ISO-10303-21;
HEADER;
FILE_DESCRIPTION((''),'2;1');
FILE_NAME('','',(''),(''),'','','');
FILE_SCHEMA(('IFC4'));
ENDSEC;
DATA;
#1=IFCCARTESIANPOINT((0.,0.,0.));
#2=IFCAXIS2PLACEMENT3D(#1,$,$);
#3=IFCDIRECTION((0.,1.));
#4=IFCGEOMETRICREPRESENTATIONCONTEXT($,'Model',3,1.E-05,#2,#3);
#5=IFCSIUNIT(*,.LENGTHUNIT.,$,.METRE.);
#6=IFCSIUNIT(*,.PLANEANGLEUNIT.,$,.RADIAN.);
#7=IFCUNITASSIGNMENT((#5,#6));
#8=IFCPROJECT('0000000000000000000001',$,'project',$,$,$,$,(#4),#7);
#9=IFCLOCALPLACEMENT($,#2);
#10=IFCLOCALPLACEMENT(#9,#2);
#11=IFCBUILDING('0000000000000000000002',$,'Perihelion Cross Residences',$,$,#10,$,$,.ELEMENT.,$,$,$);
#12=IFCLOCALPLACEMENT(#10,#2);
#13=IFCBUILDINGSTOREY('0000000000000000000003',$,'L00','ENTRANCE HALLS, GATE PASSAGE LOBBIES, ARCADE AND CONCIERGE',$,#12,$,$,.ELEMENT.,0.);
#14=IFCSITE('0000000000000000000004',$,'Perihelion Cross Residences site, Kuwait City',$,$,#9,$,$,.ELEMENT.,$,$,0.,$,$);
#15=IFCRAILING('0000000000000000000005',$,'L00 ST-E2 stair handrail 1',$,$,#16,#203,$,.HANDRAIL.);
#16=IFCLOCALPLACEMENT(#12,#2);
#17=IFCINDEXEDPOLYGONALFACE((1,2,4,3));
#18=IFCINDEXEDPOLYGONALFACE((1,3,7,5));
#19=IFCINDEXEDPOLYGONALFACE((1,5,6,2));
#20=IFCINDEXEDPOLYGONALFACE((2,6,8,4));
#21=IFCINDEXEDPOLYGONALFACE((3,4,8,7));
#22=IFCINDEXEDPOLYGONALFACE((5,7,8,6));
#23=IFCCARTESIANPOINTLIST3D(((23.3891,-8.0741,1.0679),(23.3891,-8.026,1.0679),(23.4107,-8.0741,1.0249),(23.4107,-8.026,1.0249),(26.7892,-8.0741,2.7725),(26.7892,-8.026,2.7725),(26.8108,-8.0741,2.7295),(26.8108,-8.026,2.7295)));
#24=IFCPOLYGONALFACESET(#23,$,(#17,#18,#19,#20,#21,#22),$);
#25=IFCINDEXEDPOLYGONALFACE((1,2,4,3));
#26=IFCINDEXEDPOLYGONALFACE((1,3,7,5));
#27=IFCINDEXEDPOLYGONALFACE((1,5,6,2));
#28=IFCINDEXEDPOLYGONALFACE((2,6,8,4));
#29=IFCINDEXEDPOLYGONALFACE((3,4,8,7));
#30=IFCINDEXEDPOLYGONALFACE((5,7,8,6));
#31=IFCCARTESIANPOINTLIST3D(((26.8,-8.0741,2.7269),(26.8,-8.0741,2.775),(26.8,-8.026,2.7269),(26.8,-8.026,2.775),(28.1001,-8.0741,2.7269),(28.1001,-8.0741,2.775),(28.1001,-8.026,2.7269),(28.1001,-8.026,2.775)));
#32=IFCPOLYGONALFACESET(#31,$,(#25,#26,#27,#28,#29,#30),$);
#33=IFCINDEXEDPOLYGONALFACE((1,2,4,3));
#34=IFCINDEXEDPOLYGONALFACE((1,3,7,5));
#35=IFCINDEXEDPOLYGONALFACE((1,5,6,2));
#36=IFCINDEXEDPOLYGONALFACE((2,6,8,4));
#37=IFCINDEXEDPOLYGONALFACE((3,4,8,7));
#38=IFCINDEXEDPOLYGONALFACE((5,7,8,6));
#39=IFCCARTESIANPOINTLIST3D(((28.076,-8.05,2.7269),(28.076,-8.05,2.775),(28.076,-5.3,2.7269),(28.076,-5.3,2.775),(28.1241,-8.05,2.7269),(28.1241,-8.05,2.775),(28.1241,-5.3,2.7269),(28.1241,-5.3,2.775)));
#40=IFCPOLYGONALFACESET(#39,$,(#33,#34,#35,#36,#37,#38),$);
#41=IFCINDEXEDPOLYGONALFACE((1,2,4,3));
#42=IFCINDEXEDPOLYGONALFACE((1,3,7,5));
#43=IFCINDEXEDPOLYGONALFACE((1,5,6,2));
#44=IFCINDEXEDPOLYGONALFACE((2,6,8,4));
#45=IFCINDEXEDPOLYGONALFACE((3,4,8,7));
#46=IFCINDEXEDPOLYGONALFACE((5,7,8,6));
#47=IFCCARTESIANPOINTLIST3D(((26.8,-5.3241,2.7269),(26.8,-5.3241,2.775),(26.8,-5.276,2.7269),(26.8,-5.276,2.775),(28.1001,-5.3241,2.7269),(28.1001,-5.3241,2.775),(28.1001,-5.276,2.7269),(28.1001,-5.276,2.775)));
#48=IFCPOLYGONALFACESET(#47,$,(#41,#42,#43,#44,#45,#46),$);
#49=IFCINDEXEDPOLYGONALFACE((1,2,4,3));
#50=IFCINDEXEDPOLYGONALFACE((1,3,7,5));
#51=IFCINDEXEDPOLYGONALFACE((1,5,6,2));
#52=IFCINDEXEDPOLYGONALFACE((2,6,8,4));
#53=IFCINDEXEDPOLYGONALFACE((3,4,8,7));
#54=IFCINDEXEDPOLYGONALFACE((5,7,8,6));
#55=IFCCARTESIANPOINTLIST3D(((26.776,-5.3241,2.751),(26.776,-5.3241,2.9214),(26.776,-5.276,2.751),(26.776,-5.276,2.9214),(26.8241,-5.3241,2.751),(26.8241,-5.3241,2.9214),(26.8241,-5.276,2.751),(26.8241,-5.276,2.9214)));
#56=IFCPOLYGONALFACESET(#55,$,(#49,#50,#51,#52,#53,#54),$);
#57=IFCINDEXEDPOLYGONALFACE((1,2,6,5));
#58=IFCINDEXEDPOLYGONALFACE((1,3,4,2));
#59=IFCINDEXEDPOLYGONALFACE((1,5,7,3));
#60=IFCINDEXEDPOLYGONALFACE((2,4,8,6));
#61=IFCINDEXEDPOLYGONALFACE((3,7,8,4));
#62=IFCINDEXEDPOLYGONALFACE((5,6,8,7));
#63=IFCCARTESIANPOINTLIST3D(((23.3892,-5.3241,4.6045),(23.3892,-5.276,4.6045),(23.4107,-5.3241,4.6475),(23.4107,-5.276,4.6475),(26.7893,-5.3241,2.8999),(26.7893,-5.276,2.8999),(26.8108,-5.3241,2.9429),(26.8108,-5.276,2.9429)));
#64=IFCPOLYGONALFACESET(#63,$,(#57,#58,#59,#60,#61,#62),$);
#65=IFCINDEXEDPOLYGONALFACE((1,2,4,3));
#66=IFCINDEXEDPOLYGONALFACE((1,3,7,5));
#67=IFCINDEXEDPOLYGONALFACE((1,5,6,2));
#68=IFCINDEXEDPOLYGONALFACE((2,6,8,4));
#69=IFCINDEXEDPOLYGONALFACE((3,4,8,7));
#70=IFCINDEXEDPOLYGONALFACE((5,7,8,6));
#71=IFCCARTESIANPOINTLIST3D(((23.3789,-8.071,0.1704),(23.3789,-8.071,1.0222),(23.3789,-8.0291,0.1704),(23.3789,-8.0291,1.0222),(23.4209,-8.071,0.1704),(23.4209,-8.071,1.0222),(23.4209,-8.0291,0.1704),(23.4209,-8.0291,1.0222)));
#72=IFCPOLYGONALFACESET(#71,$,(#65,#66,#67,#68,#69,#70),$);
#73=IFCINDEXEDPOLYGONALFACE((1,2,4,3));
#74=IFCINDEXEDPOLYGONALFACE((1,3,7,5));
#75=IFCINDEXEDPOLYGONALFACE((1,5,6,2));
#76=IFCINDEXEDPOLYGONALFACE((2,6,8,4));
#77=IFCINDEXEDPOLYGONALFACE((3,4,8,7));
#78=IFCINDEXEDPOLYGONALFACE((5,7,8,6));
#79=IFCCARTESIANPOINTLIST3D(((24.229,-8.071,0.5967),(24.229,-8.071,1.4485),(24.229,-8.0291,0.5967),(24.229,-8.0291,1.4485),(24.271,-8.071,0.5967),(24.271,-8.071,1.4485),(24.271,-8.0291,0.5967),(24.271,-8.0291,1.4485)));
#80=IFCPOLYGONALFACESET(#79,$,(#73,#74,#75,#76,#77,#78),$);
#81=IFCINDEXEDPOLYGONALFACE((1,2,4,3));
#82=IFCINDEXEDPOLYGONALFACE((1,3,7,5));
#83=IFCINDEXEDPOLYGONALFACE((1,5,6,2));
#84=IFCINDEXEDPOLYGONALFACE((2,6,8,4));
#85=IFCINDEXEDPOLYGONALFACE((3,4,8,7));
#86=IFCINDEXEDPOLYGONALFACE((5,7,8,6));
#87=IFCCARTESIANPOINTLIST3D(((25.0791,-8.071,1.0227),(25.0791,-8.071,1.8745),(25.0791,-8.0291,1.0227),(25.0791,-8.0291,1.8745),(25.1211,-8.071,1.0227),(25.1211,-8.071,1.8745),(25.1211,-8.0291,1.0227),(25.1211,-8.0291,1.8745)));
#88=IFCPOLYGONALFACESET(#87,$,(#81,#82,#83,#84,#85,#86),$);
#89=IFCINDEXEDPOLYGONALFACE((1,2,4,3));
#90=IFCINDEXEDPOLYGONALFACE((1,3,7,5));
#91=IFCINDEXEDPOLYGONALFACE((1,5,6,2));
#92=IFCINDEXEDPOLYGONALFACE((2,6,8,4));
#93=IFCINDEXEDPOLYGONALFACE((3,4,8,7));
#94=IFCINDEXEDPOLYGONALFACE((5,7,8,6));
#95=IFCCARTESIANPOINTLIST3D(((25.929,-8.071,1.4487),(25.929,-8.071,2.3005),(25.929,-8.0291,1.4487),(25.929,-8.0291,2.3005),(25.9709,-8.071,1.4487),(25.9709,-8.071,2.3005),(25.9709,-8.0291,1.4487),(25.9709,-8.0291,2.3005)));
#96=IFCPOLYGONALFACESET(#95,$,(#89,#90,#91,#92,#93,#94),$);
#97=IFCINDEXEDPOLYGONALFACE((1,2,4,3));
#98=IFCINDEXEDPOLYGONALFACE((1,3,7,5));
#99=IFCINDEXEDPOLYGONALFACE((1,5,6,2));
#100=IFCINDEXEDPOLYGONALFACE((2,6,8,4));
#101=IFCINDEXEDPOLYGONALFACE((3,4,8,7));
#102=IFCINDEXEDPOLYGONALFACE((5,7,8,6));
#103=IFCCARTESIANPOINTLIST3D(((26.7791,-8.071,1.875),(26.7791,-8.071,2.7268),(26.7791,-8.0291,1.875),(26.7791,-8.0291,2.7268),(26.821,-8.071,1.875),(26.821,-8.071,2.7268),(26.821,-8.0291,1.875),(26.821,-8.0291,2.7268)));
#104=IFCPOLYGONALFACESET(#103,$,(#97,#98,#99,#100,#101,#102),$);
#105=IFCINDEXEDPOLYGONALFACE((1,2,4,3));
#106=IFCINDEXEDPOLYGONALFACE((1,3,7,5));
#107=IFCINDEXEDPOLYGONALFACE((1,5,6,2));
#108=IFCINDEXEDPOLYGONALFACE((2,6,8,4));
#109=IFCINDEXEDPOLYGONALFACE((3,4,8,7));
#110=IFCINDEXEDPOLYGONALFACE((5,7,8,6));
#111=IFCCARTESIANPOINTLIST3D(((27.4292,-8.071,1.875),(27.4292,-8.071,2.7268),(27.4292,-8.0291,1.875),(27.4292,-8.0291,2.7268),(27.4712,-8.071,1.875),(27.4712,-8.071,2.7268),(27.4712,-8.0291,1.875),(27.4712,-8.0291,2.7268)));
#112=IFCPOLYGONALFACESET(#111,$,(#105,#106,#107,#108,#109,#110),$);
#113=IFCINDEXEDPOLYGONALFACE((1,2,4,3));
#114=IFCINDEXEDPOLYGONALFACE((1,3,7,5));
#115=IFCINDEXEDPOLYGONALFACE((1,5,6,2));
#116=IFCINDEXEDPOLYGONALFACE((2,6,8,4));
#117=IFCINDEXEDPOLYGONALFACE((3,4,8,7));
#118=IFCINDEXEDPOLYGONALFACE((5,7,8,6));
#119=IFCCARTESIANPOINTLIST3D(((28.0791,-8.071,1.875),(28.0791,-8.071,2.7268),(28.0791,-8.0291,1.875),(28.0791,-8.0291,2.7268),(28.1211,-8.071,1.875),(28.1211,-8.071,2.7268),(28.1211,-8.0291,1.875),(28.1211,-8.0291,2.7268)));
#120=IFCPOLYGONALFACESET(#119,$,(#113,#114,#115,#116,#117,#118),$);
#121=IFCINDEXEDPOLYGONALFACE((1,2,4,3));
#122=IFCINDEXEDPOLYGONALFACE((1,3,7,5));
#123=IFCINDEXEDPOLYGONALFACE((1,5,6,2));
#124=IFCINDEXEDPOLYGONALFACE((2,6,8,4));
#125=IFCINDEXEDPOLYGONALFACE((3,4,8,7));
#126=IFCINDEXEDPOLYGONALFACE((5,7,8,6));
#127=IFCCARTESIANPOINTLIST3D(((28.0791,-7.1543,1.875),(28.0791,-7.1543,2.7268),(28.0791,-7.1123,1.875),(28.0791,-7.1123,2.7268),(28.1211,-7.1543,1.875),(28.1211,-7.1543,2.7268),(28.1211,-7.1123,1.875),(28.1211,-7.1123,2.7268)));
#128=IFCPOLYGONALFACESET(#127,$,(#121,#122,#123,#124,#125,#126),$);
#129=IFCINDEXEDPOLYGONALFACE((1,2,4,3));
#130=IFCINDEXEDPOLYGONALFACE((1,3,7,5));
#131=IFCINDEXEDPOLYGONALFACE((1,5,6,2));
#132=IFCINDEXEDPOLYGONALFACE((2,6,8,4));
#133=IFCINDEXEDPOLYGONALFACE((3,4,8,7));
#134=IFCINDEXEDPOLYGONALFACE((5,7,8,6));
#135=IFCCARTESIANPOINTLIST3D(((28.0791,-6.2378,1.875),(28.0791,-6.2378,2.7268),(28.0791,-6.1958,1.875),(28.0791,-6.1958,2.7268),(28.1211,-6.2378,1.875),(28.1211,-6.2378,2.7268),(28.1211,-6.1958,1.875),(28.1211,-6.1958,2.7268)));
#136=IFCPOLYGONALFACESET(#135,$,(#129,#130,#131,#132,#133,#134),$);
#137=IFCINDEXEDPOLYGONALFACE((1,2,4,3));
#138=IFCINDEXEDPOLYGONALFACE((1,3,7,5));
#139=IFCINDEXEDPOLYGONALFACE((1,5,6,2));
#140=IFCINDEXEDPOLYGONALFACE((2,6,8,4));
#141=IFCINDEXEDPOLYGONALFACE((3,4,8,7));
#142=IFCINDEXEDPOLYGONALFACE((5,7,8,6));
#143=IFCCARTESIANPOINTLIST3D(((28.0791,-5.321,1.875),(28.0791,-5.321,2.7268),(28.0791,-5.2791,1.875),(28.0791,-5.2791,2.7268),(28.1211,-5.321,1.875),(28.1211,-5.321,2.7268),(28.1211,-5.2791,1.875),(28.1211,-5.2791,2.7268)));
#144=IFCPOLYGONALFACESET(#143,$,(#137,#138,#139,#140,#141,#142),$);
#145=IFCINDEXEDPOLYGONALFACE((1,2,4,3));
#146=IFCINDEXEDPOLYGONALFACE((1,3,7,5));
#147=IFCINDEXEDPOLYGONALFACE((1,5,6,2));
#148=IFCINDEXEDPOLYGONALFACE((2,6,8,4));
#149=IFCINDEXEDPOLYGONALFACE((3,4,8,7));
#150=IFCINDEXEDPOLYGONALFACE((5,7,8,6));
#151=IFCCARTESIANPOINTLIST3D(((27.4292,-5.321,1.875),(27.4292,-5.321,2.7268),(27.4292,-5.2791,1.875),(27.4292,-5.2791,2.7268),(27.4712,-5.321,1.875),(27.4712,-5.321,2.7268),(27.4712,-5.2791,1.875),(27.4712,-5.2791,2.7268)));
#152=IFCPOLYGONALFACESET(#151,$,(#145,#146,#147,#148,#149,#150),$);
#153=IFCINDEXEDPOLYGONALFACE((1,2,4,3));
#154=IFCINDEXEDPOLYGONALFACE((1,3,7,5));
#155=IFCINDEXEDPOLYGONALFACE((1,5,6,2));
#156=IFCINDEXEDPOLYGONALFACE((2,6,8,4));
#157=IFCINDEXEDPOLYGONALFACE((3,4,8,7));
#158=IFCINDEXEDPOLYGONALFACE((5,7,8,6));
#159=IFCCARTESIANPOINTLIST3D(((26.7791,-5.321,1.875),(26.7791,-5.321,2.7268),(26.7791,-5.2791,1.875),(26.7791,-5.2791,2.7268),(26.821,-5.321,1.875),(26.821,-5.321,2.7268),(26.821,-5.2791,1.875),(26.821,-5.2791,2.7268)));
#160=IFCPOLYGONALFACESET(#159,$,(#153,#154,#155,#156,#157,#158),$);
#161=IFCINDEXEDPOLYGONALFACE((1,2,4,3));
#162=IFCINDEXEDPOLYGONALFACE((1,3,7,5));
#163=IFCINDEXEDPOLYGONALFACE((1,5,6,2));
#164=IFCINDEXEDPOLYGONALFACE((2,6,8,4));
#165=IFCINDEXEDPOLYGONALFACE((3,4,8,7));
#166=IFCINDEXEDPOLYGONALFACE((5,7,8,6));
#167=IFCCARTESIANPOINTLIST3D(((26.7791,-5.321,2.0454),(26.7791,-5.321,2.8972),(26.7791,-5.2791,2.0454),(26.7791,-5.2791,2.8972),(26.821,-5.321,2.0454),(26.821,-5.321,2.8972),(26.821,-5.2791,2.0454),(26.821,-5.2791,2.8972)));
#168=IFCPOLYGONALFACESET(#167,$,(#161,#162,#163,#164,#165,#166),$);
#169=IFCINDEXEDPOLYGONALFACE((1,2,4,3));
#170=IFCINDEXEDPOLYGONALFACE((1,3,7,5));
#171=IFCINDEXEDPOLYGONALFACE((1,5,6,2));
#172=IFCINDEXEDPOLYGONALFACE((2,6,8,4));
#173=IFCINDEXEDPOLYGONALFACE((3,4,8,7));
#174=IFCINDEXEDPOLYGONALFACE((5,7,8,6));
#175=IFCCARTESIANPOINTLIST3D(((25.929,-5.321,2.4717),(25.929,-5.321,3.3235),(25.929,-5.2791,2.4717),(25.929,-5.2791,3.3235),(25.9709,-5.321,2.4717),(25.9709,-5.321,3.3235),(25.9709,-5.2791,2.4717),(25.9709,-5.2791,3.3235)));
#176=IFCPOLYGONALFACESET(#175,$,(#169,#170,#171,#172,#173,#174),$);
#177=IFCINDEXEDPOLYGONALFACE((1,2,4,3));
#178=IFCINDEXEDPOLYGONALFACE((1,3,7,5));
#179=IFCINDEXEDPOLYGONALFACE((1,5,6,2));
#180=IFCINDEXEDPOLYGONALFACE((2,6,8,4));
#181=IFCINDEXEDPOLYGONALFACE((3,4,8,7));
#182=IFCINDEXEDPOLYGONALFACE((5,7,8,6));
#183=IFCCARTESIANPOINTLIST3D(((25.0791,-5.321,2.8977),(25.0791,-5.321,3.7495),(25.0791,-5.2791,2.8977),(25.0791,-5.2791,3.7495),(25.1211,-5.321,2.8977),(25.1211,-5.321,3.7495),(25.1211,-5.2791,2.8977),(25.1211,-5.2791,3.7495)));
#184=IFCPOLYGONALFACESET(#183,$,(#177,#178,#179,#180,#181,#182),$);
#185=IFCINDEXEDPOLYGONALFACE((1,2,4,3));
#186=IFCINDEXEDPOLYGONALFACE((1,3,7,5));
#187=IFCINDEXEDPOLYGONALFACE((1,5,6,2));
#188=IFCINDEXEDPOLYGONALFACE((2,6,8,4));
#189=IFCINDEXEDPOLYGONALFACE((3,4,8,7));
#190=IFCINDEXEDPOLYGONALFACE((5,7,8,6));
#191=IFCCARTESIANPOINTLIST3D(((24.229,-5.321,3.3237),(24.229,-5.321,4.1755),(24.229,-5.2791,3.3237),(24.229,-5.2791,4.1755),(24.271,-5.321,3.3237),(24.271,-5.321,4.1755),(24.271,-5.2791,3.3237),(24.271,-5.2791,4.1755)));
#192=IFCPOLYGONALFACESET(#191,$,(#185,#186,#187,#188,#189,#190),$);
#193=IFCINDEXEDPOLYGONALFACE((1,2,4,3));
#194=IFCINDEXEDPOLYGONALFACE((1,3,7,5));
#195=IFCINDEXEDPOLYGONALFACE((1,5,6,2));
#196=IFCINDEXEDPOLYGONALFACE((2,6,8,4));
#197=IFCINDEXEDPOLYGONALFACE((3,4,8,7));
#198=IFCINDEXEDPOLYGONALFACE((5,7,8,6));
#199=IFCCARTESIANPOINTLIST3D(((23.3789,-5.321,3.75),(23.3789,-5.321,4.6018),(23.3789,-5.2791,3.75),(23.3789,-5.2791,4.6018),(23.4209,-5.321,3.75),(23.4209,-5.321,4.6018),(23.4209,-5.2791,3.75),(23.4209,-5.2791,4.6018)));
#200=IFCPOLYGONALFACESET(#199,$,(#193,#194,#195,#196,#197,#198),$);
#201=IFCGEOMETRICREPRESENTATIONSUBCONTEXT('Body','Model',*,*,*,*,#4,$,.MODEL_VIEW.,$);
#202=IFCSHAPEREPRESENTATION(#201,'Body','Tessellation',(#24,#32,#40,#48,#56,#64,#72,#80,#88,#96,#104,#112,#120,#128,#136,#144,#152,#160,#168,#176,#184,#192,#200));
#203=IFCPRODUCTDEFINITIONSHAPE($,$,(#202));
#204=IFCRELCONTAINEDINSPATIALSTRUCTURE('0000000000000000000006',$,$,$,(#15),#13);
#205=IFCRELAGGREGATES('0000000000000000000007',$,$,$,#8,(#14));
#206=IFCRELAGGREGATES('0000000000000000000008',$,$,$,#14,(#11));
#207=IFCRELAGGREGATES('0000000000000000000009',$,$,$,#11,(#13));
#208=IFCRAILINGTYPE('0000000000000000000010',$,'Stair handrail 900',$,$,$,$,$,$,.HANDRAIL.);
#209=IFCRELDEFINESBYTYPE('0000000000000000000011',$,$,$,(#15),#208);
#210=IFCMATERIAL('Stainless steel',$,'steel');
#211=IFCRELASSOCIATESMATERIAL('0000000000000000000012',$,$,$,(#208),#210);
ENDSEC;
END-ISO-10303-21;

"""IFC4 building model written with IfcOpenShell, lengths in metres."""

from ifc_helpers import new_model, si_unit, direction, frame, origin, origin_2d, place, context, subcontext, project, spatial, rectangle, extrude, material, type_object, element, save


model = new_model("IFC4")

# Units and contexts
model_context = context("Model", 3, precision=1e-05, world=origin(), true_north=direction((0.0, 1.0)))
body_context = subcontext(model_context, "Body", "Model", "MODEL_VIEW")
ifc_project = project(units=[si_unit("LENGTHUNIT", "METRE"), si_unit("PLANEANGLEUNIT", "RADIAN")], contexts=[model_context])

# Site, building, storey
site_placement = place(None, origin())
site = spatial("IfcSite", under=ifc_project, at=site_placement, Name="Perihelion Cross Residences site, Kuwait City", CompositionType="ELEMENT", RefElevation=0.0)
building_placement = place(site_placement, origin())
building = spatial("IfcBuilding", under=site, at=building_placement, Name="Perihelion Cross Residences", CompositionType="ELEMENT")
storey_placement = place(building_placement, origin())
storey = spatial("IfcBuildingStorey", under=building, at=storey_placement, Name="L00", Description="ENTRANCE HALLS, GATE PASSAGE LOBBIES, ARCADE AND CONCIERGE", CompositionType="ELEMENT", Elevation=0.0)

# Railing
ifc_material_1 = material(Name="Stainless steel", Category="steel")
railing_type_1 = type_object("IfcRailingType", Name="Stair handrail 900", PredefinedType="HANDRAIL", material=ifc_material_1)
railing_1_placement = place(storey_placement, frame((23.3999, -8.05, 0.1704)))
element("IfcRailing", 1, at=railing_1_placement, inside=storey, type_object=railing_type_1, Name="L00 ST-E2 stair handrail 1", PredefinedType="HANDRAIL", context=body_context, shape_type="SweptSolid", body=[
    extrude(rectangle(XDim=0.0481, YDim=0.0481, at=origin_2d()), frame((0.0, 0.0, 0.876), z_axis=(0.893952, 0.0, 0.448163), x_axis=(0.0, 1.0, 0.0)), (0.0, 0.0, 1.0), 3.8035),
    extrude(rectangle(XDim=0.0481, YDim=0.0481, at=origin_2d()), frame((3.4001, 0.0, 2.5806), z_axis=(1.0, 0.0, 0.0), x_axis=(0.0, 1.0, 0.0)), (0.0, 0.0, 1.0), 1.3),
    extrude(rectangle(XDim=0.0481, YDim=0.0481, at=origin_2d()), frame((4.7002, 0.0, 2.5806), z_axis=(0.0, 1.0, 0.0), x_axis=(-1.0, 0.0, 0.0)), (0.0, 0.0, 1.0), 2.75),
    extrude(rectangle(XDim=0.0481, YDim=0.0481, at=origin_2d()), frame((4.7002, 2.75, 2.5806), z_axis=(-1.0, 0.0, 0.0), x_axis=(0.0, -1.0, 0.0)), (0.0, 0.0, 1.0), 1.3),
    extrude(rectangle(XDim=0.0481, YDim=0.0481, at=origin_2d()), frame((3.4001, 2.75, 2.5806), z_axis=(0.0, 0.0, 1.0), x_axis=(1.0, 0.0, 0.0)), (0.0, 0.0, 1.0), 0.1704),
    extrude(rectangle(XDim=0.0481, YDim=0.0481, at=origin_2d()), frame((3.4001, 2.75, 2.751), z_axis=(-0.893952, 0.0, 0.448163), x_axis=(0.0, -1.0, 0.0)), (0.0, 0.0, 1.0), 3.8035),
    extrude(rectangle(XDim=0.042, YDim=0.042, at=origin_2d()), origin(), (0.0, 0.0, 1.0), 0.8518),
    extrude(rectangle(XDim=0.042, YDim=0.042, at=origin_2d()), frame((0.8501, 0.0, 0.4263)), (0.0, 0.0, 1.0), 0.8518),
    extrude(rectangle(XDim=0.042, YDim=0.042, at=origin_2d()), frame((1.7002, 0.0, 0.8523)), (0.0, 0.0, 1.0), 0.8518),
    extrude(rectangle(XDim=0.042, YDim=0.042, at=origin_2d()), frame((2.55, 0.0, 1.2783)), (0.0, 0.0, 1.0), 0.8518),
    extrude(rectangle(XDim=0.042, YDim=0.042, at=origin_2d()), frame((3.4001, 0.0, 1.7046)), (0.0, 0.0, 1.0), 0.8518),
    extrude(rectangle(XDim=0.042, YDim=0.042, at=origin_2d()), frame((4.0503, 0.0, 1.7046)), (0.0, 0.0, 1.0), 0.8518),
    extrude(rectangle(XDim=0.042, YDim=0.042, at=origin_2d()), frame((4.7002, 0.0, 1.7046)), (0.0, 0.0, 1.0), 0.8518),
    extrude(rectangle(XDim=0.042, YDim=0.042, at=origin_2d()), frame((4.7002, 0.9167, 1.7046)), (0.0, 0.0, 1.0), 0.8518),
    extrude(rectangle(XDim=0.042, YDim=0.042, at=origin_2d()), frame((4.7002, 1.8333, 1.7046)), (0.0, 0.0, 1.0), 0.8518),
    extrude(rectangle(XDim=0.042, YDim=0.042, at=origin_2d()), frame((4.7002, 2.75, 1.7046)), (0.0, 0.0, 1.0), 0.8518),
    extrude(rectangle(XDim=0.042, YDim=0.042, at=origin_2d()), frame((4.0503, 2.75, 1.7046)), (0.0, 0.0, 1.0), 0.8518),
    extrude(rectangle(XDim=0.042, YDim=0.042, at=origin_2d()), frame((3.4001, 2.75, 1.7046)), (0.0, 0.0, 1.0), 0.8518),
    extrude(rectangle(XDim=0.042, YDim=0.042, at=origin_2d()), frame((3.4001, 2.75, 1.875)), (0.0, 0.0, 1.0), 0.8518),
    extrude(rectangle(XDim=0.042, YDim=0.042, at=origin_2d()), frame((2.55, 2.75, 2.3013)), (0.0, 0.0, 1.0), 0.8518),
    extrude(rectangle(XDim=0.042, YDim=0.042, at=origin_2d()), frame((1.7002, 2.75, 2.7273)), (0.0, 0.0, 1.0), 0.8518),
    extrude(rectangle(XDim=0.042, YDim=0.042, at=origin_2d()), frame((0.8501, 2.75, 3.1533)), (0.0, 0.0, 1.0), 0.8518),
    extrude(rectangle(XDim=0.042, YDim=0.042, at=origin_2d()), frame((0.0, 2.75, 3.5796)), (0.0, 0.0, 1.0), 0.8518),
])

save(model, "model.ifc")
